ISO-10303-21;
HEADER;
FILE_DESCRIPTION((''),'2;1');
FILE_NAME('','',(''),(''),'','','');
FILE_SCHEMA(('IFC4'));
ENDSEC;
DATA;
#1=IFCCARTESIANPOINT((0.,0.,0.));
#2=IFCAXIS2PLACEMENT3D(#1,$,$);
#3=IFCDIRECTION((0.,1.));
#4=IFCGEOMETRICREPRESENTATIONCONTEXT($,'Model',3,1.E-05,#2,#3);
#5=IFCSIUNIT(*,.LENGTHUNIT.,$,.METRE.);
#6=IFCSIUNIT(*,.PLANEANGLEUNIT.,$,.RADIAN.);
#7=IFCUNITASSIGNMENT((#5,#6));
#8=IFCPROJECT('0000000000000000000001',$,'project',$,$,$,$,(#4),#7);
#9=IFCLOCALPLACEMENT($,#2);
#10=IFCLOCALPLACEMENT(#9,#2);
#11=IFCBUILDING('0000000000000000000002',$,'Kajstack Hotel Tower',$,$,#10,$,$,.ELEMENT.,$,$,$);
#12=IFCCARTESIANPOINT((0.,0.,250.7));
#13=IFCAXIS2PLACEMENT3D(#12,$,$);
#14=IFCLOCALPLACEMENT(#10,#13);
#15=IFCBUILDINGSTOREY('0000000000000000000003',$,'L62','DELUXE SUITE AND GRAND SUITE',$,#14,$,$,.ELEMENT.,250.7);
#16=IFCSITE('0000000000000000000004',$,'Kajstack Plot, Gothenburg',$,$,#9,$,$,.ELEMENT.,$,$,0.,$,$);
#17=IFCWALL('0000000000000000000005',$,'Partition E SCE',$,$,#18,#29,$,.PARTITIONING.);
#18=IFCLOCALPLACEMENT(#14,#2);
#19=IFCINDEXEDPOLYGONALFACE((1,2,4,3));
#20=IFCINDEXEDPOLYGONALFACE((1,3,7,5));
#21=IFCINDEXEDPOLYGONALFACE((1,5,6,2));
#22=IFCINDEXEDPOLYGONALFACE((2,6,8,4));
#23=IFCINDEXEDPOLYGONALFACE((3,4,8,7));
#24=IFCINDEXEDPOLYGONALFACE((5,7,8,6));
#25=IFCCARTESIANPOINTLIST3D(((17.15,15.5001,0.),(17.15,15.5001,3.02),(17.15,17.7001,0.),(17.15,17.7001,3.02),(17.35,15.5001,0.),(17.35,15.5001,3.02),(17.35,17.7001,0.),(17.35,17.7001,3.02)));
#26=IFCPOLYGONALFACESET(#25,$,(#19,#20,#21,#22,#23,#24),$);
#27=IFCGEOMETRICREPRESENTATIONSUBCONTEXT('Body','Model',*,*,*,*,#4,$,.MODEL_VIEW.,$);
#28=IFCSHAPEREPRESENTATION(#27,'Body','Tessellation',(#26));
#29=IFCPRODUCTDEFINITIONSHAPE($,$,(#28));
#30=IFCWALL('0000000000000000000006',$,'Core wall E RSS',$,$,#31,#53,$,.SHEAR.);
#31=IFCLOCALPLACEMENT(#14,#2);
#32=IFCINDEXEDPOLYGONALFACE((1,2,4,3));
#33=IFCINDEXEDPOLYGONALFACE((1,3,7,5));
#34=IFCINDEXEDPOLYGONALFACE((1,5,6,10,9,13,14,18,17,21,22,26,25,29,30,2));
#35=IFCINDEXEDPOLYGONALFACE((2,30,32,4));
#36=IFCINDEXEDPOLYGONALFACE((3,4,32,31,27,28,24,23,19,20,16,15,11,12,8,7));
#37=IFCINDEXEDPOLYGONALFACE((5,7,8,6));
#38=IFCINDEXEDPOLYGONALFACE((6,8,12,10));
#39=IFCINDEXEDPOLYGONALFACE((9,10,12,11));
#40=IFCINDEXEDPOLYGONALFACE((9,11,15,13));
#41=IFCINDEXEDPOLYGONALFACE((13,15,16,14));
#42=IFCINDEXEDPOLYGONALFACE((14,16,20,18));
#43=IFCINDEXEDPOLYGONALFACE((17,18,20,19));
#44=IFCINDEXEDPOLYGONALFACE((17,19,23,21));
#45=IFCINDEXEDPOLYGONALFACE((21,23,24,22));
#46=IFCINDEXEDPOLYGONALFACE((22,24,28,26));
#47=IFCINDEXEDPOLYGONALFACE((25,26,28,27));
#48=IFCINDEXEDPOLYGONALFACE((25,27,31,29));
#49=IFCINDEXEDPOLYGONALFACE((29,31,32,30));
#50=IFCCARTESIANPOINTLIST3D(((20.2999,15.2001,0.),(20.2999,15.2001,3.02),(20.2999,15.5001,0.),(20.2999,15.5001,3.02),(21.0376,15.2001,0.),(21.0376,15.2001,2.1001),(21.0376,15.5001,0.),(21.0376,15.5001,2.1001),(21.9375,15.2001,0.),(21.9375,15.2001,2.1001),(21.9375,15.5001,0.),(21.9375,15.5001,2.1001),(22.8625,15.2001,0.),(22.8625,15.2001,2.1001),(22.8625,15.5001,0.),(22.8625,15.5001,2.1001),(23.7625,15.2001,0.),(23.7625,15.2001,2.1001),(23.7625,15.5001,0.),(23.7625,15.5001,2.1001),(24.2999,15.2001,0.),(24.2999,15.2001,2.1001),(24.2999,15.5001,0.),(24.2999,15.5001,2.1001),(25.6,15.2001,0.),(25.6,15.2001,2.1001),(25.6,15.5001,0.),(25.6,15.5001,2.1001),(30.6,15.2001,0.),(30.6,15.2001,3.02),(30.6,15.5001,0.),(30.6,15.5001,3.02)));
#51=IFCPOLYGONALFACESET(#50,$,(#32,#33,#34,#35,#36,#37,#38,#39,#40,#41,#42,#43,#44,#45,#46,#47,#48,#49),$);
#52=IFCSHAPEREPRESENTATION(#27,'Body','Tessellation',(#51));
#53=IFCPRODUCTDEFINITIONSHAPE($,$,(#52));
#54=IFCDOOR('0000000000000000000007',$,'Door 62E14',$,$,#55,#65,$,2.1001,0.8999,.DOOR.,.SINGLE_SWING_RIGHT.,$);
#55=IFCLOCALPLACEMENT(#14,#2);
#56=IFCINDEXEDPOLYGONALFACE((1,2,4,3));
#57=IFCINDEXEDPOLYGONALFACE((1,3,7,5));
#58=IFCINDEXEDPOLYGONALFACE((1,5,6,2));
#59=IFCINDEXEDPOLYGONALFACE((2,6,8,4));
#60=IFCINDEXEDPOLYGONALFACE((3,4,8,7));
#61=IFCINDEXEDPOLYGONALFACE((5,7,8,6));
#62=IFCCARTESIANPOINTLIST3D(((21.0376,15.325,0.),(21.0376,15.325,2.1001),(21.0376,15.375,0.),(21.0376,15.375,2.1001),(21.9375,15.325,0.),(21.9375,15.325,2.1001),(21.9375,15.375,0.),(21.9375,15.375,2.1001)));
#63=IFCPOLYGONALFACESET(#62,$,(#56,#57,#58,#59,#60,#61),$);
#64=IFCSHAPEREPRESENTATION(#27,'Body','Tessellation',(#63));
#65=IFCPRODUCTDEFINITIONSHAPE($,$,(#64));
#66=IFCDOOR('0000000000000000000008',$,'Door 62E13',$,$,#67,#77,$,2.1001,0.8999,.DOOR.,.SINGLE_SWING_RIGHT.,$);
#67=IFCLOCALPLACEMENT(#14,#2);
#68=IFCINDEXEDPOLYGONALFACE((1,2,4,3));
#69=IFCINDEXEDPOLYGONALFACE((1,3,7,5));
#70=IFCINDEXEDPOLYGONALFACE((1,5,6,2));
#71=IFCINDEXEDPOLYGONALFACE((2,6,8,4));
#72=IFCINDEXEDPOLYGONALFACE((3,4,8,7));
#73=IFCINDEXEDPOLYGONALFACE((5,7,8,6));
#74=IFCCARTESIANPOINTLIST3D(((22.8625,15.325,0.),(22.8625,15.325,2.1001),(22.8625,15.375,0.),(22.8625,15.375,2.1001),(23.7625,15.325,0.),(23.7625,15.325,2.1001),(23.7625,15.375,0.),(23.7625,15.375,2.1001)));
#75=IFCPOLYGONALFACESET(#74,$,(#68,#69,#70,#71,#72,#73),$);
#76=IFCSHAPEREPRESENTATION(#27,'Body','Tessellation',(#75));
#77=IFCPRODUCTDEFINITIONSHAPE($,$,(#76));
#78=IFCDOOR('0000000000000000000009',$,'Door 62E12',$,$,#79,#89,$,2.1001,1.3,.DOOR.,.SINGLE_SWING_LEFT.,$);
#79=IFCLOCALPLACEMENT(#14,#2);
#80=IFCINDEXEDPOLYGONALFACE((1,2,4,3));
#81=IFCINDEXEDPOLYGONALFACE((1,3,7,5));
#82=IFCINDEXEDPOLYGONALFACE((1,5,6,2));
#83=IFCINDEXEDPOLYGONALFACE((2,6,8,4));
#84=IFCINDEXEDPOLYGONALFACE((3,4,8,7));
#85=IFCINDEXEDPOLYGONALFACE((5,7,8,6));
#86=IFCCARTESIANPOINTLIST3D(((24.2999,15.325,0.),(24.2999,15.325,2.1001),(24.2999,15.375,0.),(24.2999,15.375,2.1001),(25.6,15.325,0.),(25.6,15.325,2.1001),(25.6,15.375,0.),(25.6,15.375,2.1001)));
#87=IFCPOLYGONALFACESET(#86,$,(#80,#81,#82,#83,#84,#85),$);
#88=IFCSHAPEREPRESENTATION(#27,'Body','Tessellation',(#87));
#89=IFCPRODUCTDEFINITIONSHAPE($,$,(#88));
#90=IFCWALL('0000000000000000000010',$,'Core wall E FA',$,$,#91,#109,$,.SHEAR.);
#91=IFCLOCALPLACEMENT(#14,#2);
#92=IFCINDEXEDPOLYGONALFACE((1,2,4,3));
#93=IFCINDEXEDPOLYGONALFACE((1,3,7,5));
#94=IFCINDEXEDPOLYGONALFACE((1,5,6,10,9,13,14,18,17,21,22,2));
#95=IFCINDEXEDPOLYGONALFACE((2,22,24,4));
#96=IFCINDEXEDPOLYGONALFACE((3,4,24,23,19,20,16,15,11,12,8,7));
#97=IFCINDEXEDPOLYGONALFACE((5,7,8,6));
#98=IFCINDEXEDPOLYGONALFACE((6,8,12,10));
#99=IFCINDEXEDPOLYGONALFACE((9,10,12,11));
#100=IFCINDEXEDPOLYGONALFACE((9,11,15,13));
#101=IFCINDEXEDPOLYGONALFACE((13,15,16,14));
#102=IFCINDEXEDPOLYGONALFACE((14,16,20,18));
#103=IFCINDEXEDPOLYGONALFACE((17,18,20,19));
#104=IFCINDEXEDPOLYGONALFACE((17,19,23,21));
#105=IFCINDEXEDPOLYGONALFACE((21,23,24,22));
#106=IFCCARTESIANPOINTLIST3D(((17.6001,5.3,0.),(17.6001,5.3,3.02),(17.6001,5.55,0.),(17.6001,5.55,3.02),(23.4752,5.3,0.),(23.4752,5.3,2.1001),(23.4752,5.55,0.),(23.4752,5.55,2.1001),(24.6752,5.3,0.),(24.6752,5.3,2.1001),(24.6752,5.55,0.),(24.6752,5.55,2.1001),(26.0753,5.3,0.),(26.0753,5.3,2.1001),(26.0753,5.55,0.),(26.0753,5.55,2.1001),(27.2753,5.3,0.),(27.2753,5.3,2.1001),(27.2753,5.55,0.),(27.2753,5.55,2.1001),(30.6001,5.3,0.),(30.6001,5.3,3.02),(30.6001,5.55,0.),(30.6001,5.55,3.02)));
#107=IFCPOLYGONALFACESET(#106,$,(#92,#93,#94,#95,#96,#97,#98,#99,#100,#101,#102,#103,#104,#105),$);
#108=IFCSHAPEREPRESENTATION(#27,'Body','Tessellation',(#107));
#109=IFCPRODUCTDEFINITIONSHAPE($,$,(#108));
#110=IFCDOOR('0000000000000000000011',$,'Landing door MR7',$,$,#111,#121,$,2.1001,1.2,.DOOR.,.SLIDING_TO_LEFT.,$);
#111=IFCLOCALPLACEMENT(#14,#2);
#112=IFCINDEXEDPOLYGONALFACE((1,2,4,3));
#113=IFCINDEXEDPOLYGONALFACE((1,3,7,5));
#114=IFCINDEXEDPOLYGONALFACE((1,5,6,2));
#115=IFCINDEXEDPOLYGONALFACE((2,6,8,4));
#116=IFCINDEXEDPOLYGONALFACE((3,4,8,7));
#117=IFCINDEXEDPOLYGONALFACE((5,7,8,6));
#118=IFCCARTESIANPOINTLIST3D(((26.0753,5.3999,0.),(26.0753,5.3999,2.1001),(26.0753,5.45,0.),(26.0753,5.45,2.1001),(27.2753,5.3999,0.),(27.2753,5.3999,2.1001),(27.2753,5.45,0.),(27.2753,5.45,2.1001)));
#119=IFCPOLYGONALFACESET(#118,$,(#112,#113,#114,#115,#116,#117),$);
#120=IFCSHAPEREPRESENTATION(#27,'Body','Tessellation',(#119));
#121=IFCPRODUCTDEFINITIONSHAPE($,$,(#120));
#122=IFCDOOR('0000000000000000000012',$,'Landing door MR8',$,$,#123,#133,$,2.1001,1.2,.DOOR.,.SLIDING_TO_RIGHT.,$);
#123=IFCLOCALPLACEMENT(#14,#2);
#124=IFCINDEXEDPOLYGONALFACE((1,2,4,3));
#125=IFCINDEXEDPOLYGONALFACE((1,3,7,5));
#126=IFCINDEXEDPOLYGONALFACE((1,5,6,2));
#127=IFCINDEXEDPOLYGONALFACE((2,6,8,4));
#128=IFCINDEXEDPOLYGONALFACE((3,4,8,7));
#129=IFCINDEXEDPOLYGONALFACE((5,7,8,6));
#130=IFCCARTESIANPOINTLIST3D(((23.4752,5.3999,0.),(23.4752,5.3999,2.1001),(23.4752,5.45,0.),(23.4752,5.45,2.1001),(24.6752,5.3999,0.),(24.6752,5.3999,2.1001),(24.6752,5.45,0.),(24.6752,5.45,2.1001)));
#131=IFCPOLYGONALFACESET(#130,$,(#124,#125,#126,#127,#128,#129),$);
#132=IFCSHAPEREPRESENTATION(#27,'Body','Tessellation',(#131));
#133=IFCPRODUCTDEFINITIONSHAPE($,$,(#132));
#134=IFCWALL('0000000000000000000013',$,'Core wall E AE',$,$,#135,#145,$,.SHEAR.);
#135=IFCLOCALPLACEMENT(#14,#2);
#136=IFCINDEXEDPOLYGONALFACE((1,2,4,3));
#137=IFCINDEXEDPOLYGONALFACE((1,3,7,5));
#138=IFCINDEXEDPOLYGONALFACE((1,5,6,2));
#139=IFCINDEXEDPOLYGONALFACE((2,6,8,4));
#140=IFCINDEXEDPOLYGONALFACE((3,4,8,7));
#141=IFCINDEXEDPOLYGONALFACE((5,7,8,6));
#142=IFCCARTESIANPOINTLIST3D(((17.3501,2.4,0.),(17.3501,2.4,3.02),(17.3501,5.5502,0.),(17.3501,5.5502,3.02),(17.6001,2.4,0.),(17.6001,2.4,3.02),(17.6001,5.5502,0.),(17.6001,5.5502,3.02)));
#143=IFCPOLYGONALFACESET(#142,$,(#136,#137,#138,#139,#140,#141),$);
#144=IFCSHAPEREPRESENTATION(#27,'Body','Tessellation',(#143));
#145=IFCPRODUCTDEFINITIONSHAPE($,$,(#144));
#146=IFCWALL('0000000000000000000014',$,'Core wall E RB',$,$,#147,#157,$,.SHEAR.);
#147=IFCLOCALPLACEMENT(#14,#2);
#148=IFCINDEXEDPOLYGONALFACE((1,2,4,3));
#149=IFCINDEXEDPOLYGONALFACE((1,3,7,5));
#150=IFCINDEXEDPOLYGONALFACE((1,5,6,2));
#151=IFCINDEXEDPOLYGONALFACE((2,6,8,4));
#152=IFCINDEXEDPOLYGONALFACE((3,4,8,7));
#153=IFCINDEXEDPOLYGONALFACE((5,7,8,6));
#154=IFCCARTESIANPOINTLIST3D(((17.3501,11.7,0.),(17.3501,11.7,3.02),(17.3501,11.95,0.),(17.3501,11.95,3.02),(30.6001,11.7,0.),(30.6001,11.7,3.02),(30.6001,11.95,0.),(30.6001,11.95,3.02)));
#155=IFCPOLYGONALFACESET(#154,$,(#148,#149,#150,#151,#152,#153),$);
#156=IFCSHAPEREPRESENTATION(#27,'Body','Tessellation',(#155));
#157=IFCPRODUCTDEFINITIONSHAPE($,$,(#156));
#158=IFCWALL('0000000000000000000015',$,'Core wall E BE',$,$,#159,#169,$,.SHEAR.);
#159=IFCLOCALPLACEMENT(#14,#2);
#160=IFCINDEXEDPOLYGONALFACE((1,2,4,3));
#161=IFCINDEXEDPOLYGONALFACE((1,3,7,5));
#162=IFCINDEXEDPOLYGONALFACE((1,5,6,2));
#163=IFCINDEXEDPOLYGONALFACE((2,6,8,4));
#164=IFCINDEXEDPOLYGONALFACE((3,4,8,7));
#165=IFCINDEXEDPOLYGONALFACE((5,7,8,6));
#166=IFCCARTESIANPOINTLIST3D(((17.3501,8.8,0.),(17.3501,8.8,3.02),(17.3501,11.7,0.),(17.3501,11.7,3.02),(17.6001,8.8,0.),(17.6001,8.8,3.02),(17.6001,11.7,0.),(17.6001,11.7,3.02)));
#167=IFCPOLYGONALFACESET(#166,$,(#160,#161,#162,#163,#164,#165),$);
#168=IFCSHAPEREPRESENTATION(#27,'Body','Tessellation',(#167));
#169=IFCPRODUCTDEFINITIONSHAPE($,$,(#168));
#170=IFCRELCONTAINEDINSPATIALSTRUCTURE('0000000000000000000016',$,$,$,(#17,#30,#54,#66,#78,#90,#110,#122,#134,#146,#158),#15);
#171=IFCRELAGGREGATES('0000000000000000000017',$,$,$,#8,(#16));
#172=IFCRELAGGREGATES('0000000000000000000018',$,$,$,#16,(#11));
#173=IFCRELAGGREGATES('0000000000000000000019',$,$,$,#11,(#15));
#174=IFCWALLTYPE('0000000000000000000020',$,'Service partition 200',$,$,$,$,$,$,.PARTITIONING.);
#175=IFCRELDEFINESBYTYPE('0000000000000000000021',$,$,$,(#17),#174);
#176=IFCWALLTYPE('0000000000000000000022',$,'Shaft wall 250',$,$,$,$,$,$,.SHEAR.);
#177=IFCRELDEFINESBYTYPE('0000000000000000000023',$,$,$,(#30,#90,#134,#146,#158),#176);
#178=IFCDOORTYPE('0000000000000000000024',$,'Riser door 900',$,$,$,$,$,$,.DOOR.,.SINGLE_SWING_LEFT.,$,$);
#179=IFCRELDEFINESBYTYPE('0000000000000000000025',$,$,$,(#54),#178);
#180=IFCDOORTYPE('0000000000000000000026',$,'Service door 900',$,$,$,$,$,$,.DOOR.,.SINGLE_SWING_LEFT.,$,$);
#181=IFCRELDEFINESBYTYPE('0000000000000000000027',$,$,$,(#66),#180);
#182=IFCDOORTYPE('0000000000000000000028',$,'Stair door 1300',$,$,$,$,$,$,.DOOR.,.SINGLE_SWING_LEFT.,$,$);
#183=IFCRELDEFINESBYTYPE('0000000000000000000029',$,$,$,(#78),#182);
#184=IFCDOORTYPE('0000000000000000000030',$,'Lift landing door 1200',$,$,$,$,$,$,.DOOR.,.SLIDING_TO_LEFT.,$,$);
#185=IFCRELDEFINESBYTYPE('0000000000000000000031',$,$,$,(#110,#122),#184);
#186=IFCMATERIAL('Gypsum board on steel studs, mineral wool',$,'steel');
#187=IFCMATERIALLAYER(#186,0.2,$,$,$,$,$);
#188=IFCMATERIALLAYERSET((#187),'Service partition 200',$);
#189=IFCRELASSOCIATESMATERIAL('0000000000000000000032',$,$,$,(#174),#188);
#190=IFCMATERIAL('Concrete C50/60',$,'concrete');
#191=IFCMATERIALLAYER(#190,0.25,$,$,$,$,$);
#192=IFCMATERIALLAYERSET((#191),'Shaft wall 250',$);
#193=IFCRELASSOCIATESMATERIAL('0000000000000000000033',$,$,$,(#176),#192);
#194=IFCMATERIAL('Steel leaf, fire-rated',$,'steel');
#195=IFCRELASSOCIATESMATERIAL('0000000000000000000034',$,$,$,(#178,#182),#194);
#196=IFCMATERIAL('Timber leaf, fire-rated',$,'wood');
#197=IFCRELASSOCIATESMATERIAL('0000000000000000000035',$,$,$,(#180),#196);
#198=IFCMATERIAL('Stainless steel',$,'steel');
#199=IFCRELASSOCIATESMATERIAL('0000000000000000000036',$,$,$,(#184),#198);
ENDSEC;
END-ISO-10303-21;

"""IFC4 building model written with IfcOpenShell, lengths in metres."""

from ifc_helpers import new_model, si_unit, direction, frame, frame_2d, origin, place, context, subcontext, project, spatial, rectangle, extrude, material, layer, layer_set, type_object, element, fill, save


model = new_model("IFC4")

# Units and contexts
model_context = context("Model", 3, precision=1e-05, world=origin(), true_north=direction((0.0, 1.0)))
body_context = subcontext(model_context, "Body", "Model", "MODEL_VIEW")
ifc_project = project(units=[si_unit("LENGTHUNIT", "METRE"), si_unit("PLANEANGLEUNIT", "RADIAN")], contexts=[model_context])

# Site, building, storey
site_placement = place(None, origin())
site = spatial("IfcSite", under=ifc_project, at=site_placement, Name="Kajstack Plot, Gothenburg", CompositionType="ELEMENT", RefElevation=0.0)
building_placement = place(site_placement, origin())
building = spatial("IfcBuilding", under=site, at=building_placement, Name="Kajstack Hotel Tower", CompositionType="ELEMENT")
storey_placement = place(building_placement, frame((0.0, 0.0, 250.7)))
storey = spatial("IfcBuildingStorey", under=building, at=storey_placement, Name="L62", Description="DELUXE SUITE AND GRAND SUITE", CompositionType="ELEMENT", Elevation=250.7)

# Wall
ifc_material_1 = material(Name="Gypsum board on steel studs, mineral wool", Category="steel")
ifc_layer_1 = layer(ifc_material_1, 0.2)
ifc_layer_set_1 = layer_set([ifc_layer_1], Name="Service partition 200")
wall_type_1 = type_object("IfcWallType", Name="Service partition 200", PredefinedType="PARTITIONING", material=ifc_layer_set_1)
wall_1_placement = place(storey_placement, frame((17.25, 15.5, 0.0), z_axis=(0.0, 0.0, 1.0), x_axis=(0.0, 1.0, 0.0)))
element("IfcWall", 1, at=wall_1_placement, inside=storey, type_object=wall_type_1, Name="Partition E SCE", PredefinedType="PARTITIONING", context=body_context, shape_type="SweptSolid", body=[
    extrude(rectangle(XDim=2.2, YDim=0.2, at=frame_2d((1.1001, 0.0))), origin(), (0.0, 0.0, 1.0), 3.02),
])

# Walls, openings, doors
ifc_material_2 = material(Name="Concrete C50/60", Category="concrete")
ifc_layer_2 = layer(ifc_material_2, 0.25)
ifc_layer_set_2 = layer_set([ifc_layer_2], Name="Shaft wall 250")
wall_type_2 = type_object("IfcWallType", Name="Shaft wall 250", PredefinedType="SHEAR", material=ifc_layer_set_2)
wall_2_placement = place(storey_placement, frame((20.3, 15.3501, 0.0), z_axis=(0.0, 0.0, 1.0), x_axis=(1.0, 0.0, 0.0)))
wall_2 = element("IfcWall", 2, at=wall_2_placement, inside=storey, type_object=wall_type_2, Name="Core wall E RSS", PredefinedType="SHEAR", context=body_context, shape_type="SweptSolid", body=[
    extrude(rectangle(XDim=10.3, YDim=0.3, at=frame_2d((5.1499, 0.0))), origin(), (0.0, 0.0, 1.0), 3.02),
])
opening_1_placement = place(wall_2_placement, frame((4.0, 0.0, 0.0)))
opening_1 = element("IfcOpeningElement", 3, at=opening_1_placement, cuts=wall_2, PredefinedType="OPENING", context=body_context, shape_type="SweptSolid", body=[
    extrude(rectangle(XDim=1.3, YDim=2.1001, at=frame_2d((0.6499, 1.05))), frame((0.0, 0.1599, 0.0), z_axis=(0.0, -1.0, 0.0), x_axis=(1.0, 0.0, 0.0)), (0.0, 0.0, 1.0), 0.3201),
])
opening_2_placement = place(wall_2_placement, frame((2.5625, 0.0, 0.0)))
opening_2 = element("IfcOpeningElement", 4, at=opening_2_placement, cuts=wall_2, PredefinedType="OPENING", context=body_context, shape_type="SweptSolid", body=[
    extrude(rectangle(XDim=0.8999, YDim=2.1001, at=frame_2d((0.45, 1.05))), frame((0.0, 0.1599, 0.0), z_axis=(0.0, -1.0, 0.0), x_axis=(1.0, 0.0, 0.0)), (0.0, 0.0, 1.0), 0.3201),
])
opening_3_placement = place(wall_2_placement, frame((0.7375, 0.0, 0.0)))
opening_3 = element("IfcOpeningElement", 5, at=opening_3_placement, cuts=wall_2, PredefinedType="OPENING", context=body_context, shape_type="SweptSolid", body=[
    extrude(rectangle(XDim=0.8999, YDim=2.1001, at=frame_2d((0.45, 1.05))), frame((0.0, 0.1599, 0.0), z_axis=(0.0, -1.0, 0.0), x_axis=(1.0, 0.0, 0.0)), (0.0, 0.0, 1.0), 0.3201),
])
ifc_material_3 = material(Name="Steel leaf, fire-rated", Category="steel")
door_type_1 = type_object("IfcDoorType", Name="Riser door 900", OperationType="SINGLE_SWING_LEFT", PredefinedType="DOOR", material=ifc_material_3)
door_1_placement = place(opening_3_placement, origin())
door_1 = element("IfcDoor", 6, at=door_1_placement, inside=storey, type_object=door_type_1, Name="Door 62E14", OperationType="SINGLE_SWING_RIGHT", OverallHeight=2.1001, OverallWidth=0.8999, PredefinedType="DOOR", context=body_context, shape_type="SweptSolid", body=[
    extrude(rectangle(XDim=0.8999, YDim=2.1001, at=frame_2d((0.45, 1.05))), frame((0.0, 0.0249, 0.0), z_axis=(0.0, -1.0, 0.0), x_axis=(1.0, 0.0, 0.0)), (0.0, 0.0, 1.0), 0.05),
])
fill(opening_3, door_1)
ifc_material_4 = material(Name="Timber leaf, fire-rated", Category="wood")
door_type_2 = type_object("IfcDoorType", Name="Service door 900", OperationType="SINGLE_SWING_LEFT", PredefinedType="DOOR", material=ifc_material_4)
door_2_placement = place(opening_2_placement, origin())
door_2 = element("IfcDoor", 7, at=door_2_placement, inside=storey, type_object=door_type_2, Name="Door 62E13", OperationType="SINGLE_SWING_RIGHT", OverallHeight=2.1001, OverallWidth=0.8999, PredefinedType="DOOR", context=body_context, shape_type="SweptSolid", body=[
    extrude(rectangle(XDim=0.8999, YDim=2.1001, at=frame_2d((0.45, 1.05))), frame((0.0, 0.0249, 0.0), z_axis=(0.0, -1.0, 0.0), x_axis=(1.0, 0.0, 0.0)), (0.0, 0.0, 1.0), 0.05),
])
fill(opening_2, door_2)
door_type_3 = type_object("IfcDoorType", Name="Stair door 1300", OperationType="SINGLE_SWING_LEFT", PredefinedType="DOOR", material=ifc_material_3)
door_3_placement = place(opening_1_placement, origin())
door_3 = element("IfcDoor", 8, at=door_3_placement, inside=storey, type_object=door_type_3, Name="Door 62E12", OperationType="SINGLE_SWING_LEFT", OverallHeight=2.1001, OverallWidth=1.3, PredefinedType="DOOR", context=body_context, shape_type="SweptSolid", body=[
    extrude(rectangle(XDim=1.3, YDim=2.1001, at=frame_2d((0.6499, 1.05))), frame((0.0, 0.0249, 0.0), z_axis=(0.0, -1.0, 0.0), x_axis=(1.0, 0.0, 0.0)), (0.0, 0.0, 1.0), 0.05),
])
fill(opening_1, door_3)
wall_3_placement = place(storey_placement, frame((17.6001, 5.425, 0.0), z_axis=(0.0, 0.0, 1.0), x_axis=(1.0, 0.0, 0.0)))
wall_3 = element("IfcWall", 9, at=wall_3_placement, inside=storey, type_object=wall_type_2, Name="Core wall E FA", PredefinedType="SHEAR", context=body_context, shape_type="SweptSolid", body=[
    extrude(rectangle(XDim=13.0, YDim=0.25, at=frame_2d((6.5, 0.0))), origin(), (0.0, 0.0, 1.0), 3.02),
])
opening_4_placement = place(wall_3_placement, frame((8.4751, 0.0, 0.0)))
opening_4 = element("IfcOpeningElement", 10, at=opening_4_placement, cuts=wall_3, PredefinedType="OPENING", context=body_context, shape_type="SweptSolid", body=[
    extrude(rectangle(XDim=1.2, YDim=2.1001, at=frame_2d((0.6001, 1.05))), frame((0.0, 0.135, 0.0), z_axis=(0.0, -1.0, 0.0), x_axis=(1.0, 0.0, 0.0)), (0.0, 0.0, 1.0), 0.27),
])
opening_5_placement = place(wall_3_placement, frame((5.875, 0.0, 0.0)))
opening_5 = element("IfcOpeningElement", 11, at=opening_5_placement, cuts=wall_3, PredefinedType="OPENING", context=body_context, shape_type="SweptSolid", body=[
    extrude(rectangle(XDim=1.2, YDim=2.1001, at=frame_2d((0.6001, 1.05))), frame((0.0, 0.135, 0.0), z_axis=(0.0, -1.0, 0.0), x_axis=(1.0, 0.0, 0.0)), (0.0, 0.0, 1.0), 0.27),
])
ifc_material_5 = material(Name="Stainless steel", Category="steel")
door_type_4 = type_object("IfcDoorType", Name="Lift landing door 1200", OperationType="SLIDING_TO_LEFT", PredefinedType="DOOR", material=ifc_material_5)
door_4_placement = place(opening_4_placement, origin())
door_4 = element("IfcDoor", 12, at=door_4_placement, inside=storey, type_object=door_type_4, Name="Landing door MR7", OperationType="SLIDING_TO_LEFT", OverallHeight=2.1001, OverallWidth=1.2, PredefinedType="DOOR", context=body_context, shape_type="SweptSolid", body=[
    extrude(rectangle(XDim=1.2, YDim=2.1001, at=frame_2d((0.6001, 1.05))), frame((0.0, 0.0249, 0.0), z_axis=(0.0, -1.0, 0.0), x_axis=(1.0, 0.0, 0.0)), (0.0, 0.0, 1.0), 0.05),
])
fill(opening_4, door_4)
door_5_placement = place(opening_5_placement, origin())
door_5 = element("IfcDoor", 13, at=door_5_placement, inside=storey, type_object=door_type_4, Name="Landing door MR8", OperationType="SLIDING_TO_RIGHT", OverallHeight=2.1001, OverallWidth=1.2, PredefinedType="DOOR", context=body_context, shape_type="SweptSolid", body=[
    extrude(rectangle(XDim=1.2, YDim=2.1001, at=frame_2d((0.6001, 1.05))), frame((0.0, 0.0249, 0.0), z_axis=(0.0, -1.0, 0.0), x_axis=(1.0, 0.0, 0.0)), (0.0, 0.0, 1.0), 0.05),
])
fill(opening_5, door_5)

# Walls
wall_4_placement = place(storey_placement, frame((17.4751, 2.3999, 0.0), z_axis=(0.0, 0.0, 1.0), x_axis=(0.0, 1.0, 0.0)))
element("IfcWall", 14, at=wall_4_placement, inside=storey, type_object=wall_type_2, Name="Core wall E AE", PredefinedType="SHEAR", context=body_context, shape_type="SweptSolid", body=[
    extrude(rectangle(XDim=3.1501, YDim=0.25, at=frame_2d((1.5752, 0.0))), origin(), (0.0, 0.0, 1.0), 3.02),
])
wall_5_placement = place(storey_placement, frame((17.3501, 11.825, 0.0), z_axis=(0.0, 0.0, 1.0), x_axis=(1.0, 0.0, 0.0)))
element("IfcWall", 15, at=wall_5_placement, inside=storey, type_object=wall_type_2, Name="Core wall E RB", PredefinedType="SHEAR", context=body_context, shape_type="SweptSolid", body=[
    extrude(rectangle(XDim=13.25, YDim=0.25, at=frame_2d((6.625, 0.0))), origin(), (0.0, 0.0, 1.0), 3.02),
])
wall_6_placement = place(storey_placement, frame((17.4751, 8.8, 0.0), z_axis=(0.0, 0.0, 1.0), x_axis=(0.0, 1.0, 0.0)))
element("IfcWall", 16, at=wall_6_placement, inside=storey, type_object=wall_type_2, Name="Core wall E BE", PredefinedType="SHEAR", context=body_context, shape_type="SweptSolid", body=[
    extrude(rectangle(XDim=2.8999, YDim=0.25, at=frame_2d((1.45, 0.0))), origin(), (0.0, 0.0, 1.0), 3.02),
])

save(model, "model.ifc")
